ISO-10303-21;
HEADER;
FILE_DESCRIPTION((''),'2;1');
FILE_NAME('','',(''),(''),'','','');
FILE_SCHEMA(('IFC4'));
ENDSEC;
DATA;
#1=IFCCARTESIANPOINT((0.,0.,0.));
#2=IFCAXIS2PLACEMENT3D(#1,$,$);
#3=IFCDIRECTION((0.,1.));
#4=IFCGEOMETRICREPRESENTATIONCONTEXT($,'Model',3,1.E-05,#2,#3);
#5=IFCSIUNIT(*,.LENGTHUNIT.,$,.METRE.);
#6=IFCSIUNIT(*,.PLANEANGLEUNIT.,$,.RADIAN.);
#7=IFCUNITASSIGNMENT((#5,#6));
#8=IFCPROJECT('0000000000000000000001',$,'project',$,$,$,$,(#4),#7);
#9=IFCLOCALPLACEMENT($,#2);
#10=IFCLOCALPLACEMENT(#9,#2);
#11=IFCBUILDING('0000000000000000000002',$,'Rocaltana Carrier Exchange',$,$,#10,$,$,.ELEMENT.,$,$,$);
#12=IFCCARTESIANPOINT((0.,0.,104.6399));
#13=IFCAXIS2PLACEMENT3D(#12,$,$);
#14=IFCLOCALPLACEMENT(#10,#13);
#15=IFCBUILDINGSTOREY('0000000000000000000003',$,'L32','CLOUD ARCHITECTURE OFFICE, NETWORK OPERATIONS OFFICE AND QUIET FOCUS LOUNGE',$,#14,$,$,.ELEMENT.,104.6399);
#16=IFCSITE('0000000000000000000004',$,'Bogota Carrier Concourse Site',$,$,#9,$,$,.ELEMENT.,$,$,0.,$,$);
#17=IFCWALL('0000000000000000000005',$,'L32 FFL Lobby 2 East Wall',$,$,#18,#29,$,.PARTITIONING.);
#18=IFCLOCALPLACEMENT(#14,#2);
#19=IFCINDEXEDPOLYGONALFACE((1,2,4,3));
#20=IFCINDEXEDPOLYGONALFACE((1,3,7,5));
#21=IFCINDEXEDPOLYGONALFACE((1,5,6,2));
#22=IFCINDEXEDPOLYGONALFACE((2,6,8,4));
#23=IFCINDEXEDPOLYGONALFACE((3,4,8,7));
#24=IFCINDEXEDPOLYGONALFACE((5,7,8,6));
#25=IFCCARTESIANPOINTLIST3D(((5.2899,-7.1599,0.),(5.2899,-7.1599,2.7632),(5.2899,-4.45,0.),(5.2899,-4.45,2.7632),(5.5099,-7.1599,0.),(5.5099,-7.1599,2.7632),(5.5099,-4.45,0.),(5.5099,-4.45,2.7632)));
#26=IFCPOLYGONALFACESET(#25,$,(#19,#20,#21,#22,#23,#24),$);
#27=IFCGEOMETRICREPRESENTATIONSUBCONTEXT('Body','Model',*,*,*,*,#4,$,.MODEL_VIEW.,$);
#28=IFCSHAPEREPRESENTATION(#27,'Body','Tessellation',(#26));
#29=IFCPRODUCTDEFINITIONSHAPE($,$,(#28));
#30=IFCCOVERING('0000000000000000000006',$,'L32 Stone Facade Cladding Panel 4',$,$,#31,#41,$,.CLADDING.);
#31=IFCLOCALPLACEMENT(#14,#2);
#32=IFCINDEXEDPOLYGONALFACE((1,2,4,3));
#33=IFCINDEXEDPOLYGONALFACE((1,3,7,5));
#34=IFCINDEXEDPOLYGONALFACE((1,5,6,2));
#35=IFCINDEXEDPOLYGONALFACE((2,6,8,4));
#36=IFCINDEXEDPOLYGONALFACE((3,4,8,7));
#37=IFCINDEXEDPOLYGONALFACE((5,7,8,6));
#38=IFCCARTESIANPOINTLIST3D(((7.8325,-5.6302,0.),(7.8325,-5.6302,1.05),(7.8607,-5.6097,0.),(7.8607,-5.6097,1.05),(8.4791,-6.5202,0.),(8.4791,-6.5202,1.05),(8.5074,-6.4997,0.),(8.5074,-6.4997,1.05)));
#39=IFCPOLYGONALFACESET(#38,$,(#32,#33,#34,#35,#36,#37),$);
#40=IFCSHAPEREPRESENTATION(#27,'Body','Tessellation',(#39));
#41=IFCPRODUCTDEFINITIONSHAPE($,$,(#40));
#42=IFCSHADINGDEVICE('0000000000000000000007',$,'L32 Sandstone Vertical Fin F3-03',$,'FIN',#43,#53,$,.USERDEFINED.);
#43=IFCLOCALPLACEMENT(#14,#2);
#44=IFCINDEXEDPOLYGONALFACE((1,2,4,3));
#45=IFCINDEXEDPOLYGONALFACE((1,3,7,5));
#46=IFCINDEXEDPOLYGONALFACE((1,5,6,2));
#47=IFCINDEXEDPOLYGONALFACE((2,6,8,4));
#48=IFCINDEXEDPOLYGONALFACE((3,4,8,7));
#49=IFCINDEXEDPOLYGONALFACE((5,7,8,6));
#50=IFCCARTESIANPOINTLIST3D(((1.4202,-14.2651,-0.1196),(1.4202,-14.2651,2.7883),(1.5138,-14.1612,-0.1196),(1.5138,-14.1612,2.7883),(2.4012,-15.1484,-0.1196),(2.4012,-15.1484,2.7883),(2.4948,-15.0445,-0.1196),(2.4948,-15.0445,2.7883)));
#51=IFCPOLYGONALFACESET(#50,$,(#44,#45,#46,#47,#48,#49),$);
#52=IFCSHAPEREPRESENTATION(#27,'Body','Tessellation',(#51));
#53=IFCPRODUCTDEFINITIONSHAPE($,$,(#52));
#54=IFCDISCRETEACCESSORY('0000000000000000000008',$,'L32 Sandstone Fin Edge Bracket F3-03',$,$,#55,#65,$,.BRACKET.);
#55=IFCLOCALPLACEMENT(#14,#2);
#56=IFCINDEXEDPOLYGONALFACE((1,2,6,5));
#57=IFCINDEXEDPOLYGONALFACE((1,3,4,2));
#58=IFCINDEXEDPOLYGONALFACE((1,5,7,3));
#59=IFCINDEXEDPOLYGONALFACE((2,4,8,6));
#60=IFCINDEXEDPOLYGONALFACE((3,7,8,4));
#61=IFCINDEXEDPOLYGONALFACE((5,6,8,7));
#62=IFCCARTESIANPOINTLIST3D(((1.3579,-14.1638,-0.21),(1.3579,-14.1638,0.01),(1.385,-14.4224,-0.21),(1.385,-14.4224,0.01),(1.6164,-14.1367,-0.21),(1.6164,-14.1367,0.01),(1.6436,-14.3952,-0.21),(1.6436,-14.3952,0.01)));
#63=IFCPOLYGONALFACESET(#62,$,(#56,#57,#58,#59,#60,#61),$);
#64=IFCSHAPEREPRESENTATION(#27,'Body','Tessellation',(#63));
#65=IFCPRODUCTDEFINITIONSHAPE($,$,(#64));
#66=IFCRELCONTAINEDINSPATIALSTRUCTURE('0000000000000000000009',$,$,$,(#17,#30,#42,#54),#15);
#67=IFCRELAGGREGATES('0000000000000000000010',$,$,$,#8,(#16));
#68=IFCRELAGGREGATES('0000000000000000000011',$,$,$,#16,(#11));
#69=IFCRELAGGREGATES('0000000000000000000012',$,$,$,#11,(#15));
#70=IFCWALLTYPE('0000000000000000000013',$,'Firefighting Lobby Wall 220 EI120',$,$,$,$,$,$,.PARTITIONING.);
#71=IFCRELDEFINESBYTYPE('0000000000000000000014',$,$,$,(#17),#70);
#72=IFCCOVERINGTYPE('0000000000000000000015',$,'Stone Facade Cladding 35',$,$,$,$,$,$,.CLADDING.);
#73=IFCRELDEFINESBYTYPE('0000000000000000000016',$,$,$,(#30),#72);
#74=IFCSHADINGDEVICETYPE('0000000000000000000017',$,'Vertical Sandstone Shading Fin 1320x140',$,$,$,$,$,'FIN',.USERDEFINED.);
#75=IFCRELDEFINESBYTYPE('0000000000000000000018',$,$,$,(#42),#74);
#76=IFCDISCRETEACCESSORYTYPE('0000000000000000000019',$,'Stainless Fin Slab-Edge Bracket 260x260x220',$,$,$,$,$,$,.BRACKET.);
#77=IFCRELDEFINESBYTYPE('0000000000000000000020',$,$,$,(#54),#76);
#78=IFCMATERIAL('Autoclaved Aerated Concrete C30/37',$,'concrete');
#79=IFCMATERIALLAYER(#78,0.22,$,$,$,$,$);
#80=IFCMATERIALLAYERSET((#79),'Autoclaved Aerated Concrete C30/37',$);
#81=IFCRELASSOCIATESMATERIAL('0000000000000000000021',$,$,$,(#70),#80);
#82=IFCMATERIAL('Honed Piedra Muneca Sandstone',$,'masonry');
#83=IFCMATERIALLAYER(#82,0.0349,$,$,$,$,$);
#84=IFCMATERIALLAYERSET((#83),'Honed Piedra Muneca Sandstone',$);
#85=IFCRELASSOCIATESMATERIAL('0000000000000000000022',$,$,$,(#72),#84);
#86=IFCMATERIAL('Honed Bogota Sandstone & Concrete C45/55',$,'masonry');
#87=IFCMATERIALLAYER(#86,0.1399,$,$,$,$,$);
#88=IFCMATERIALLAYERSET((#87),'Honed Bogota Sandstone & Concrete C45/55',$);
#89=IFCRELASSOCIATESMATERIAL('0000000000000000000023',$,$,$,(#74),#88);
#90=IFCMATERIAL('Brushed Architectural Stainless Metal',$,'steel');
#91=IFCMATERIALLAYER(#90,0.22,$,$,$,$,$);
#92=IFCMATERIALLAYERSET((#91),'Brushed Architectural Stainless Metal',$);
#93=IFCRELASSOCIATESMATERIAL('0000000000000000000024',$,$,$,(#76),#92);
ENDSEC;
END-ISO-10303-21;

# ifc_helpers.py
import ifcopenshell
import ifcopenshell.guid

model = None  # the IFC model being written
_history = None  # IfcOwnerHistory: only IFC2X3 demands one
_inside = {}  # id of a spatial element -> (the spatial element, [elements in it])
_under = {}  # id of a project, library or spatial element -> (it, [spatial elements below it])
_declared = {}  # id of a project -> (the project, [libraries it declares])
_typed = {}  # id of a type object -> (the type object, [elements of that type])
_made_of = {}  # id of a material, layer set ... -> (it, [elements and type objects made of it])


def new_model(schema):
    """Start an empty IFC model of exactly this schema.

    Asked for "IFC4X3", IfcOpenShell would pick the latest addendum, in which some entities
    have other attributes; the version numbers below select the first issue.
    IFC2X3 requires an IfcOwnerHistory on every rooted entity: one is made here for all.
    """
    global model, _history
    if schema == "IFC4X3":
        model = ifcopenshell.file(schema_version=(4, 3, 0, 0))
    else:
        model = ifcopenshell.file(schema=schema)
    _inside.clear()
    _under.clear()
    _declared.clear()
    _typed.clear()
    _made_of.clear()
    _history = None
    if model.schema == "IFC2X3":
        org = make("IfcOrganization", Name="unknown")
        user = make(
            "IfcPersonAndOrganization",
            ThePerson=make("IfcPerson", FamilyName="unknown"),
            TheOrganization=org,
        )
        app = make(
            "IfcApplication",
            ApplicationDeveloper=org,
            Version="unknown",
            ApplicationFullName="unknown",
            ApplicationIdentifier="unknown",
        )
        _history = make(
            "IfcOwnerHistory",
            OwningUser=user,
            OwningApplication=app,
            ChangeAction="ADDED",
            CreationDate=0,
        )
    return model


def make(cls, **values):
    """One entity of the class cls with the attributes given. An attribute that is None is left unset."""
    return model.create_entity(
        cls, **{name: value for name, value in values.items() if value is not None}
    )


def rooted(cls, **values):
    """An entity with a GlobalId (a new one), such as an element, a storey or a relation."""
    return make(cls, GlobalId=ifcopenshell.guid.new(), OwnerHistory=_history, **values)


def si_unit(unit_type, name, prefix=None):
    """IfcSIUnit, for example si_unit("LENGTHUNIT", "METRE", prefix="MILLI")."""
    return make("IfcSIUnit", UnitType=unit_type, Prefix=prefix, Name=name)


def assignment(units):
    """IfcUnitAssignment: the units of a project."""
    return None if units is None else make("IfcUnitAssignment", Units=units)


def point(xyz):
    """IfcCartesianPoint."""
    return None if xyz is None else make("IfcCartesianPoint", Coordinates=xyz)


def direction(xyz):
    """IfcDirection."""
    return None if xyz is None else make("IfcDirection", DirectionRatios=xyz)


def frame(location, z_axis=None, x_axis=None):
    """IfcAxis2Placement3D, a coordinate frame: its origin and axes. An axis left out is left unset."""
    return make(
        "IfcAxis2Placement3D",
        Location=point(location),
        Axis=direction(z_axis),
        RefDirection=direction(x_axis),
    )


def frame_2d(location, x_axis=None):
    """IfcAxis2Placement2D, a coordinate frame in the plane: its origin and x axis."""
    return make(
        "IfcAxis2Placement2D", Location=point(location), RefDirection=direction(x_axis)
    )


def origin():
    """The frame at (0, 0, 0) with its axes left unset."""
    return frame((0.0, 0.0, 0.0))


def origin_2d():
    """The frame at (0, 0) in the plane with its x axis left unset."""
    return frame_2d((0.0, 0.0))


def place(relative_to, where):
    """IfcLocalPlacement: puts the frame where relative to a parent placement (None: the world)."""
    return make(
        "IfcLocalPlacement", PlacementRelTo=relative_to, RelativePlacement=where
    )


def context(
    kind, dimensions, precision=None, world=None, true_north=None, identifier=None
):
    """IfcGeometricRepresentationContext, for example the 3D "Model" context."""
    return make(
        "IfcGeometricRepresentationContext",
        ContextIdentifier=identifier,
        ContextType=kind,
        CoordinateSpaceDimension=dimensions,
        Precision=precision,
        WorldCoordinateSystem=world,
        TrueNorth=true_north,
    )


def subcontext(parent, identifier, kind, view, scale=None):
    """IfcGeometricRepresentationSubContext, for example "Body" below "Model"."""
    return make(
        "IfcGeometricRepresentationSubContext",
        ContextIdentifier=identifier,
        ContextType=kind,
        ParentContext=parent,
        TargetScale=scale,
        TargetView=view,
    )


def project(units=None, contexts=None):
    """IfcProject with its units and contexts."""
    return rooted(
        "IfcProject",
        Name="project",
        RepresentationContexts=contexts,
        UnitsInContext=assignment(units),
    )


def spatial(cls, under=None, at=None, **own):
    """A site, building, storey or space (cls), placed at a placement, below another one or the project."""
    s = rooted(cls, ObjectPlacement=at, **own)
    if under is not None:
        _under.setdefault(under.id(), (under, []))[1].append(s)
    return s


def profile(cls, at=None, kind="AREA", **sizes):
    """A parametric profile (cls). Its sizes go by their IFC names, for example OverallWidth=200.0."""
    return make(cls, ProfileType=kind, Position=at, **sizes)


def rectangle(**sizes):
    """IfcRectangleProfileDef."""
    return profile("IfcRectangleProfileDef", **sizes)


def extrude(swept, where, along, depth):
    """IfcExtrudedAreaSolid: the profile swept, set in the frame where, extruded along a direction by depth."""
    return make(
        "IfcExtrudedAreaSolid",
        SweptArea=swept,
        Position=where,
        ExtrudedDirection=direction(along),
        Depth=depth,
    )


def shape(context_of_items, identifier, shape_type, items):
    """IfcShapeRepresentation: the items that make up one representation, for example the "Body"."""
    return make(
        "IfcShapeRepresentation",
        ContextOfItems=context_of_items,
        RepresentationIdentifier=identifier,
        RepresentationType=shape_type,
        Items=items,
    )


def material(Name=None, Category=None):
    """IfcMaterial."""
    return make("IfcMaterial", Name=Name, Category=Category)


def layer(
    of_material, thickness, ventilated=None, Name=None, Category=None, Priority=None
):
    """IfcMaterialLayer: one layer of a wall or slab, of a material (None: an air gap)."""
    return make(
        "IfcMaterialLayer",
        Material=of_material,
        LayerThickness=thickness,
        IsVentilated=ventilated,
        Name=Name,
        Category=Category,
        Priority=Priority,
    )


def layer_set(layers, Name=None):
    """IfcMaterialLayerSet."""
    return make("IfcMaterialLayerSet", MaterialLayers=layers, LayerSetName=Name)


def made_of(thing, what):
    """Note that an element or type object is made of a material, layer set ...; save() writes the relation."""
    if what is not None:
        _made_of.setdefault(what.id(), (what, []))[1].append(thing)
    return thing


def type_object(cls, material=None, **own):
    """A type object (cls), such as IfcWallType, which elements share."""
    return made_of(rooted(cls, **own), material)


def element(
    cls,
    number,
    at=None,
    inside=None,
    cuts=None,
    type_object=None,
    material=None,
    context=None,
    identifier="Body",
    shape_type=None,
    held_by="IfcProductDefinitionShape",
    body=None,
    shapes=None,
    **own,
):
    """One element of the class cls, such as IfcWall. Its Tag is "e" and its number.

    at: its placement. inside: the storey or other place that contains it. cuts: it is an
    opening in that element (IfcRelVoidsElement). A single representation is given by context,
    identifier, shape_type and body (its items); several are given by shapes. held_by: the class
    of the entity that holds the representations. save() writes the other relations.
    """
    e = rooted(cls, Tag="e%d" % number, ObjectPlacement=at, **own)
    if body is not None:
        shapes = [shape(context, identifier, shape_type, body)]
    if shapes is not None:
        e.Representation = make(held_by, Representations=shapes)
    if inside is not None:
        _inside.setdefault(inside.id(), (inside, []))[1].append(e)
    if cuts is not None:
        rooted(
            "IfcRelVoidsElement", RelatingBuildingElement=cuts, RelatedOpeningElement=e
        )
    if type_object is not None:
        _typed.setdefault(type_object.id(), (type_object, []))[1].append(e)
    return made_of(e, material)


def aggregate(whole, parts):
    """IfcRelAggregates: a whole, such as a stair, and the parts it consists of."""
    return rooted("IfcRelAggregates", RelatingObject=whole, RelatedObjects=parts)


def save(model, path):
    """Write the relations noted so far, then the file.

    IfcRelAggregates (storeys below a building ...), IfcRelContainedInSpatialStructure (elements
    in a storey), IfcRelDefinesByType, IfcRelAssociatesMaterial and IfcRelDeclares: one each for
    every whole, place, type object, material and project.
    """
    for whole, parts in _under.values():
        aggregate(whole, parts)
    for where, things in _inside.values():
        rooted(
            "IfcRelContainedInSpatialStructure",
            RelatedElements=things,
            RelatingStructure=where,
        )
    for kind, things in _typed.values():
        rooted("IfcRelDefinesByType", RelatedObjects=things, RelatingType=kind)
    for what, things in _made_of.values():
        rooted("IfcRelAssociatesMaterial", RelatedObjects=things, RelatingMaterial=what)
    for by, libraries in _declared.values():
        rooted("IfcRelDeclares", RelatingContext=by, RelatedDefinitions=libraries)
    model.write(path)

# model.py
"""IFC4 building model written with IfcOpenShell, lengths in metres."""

from ifc_helpers import new_model, si_unit, direction, frame, frame_2d, origin, origin_2d, place, context, subcontext, project, spatial, rectangle, extrude, material, layer, layer_set, type_object, element, save


model = new_model("IFC4")

# Units and contexts
model_context = context("Model", 3, precision=1e-05, world=origin(), true_north=direction((0.0, 1.0)))
body_context = subcontext(model_context, "Body", "Model", "MODEL_VIEW")
ifc_project = project(units=[si_unit("LENGTHUNIT", "METRE"), si_unit("PLANEANGLEUNIT", "RADIAN")], contexts=[model_context])

# Site, building, storey
site_placement = place(None, origin())
site = spatial("IfcSite", under=ifc_project, at=site_placement, Name="Bogota Carrier Concourse Site", CompositionType="ELEMENT", RefElevation=0.0)
building_placement = place(site_placement, origin())
building = spatial("IfcBuilding", under=site, at=building_placement, Name="Rocaltana Carrier Exchange", CompositionType="ELEMENT")
storey_placement = place(building_placement, frame((0.0, 0.0, 104.6399)))
storey = spatial("IfcBuildingStorey", under=building, at=storey_placement, Name="L32", Description="CLOUD ARCHITECTURE OFFICE, NETWORK OPERATIONS OFFICE AND QUIET FOCUS LOUNGE", CompositionType="ELEMENT", Elevation=104.6399)

# Wall
ifc_material_1 = material(Name="Autoclaved Aerated Concrete C30/37", Category="concrete")
ifc_layer_1 = layer(ifc_material_1, 0.22)
ifc_layer_set_1 = layer_set([ifc_layer_1], Name="Autoclaved Aerated Concrete C30/37")
wall_type_1 = type_object("IfcWallType", Name="Firefighting Lobby Wall 220 EI120", PredefinedType="PARTITIONING", material=ifc_layer_set_1)
wall_1_placement = place(storey_placement, frame((5.3999, -7.1599, 0.0), z_axis=(0.0, 0.0, 1.0), x_axis=(0.0, 1.0, 0.0)))
element("IfcWall", 1, at=wall_1_placement, inside=storey, type_object=wall_type_1, Name="L32 FFL Lobby 2 East Wall", PredefinedType="PARTITIONING", context=body_context, shape_type="SweptSolid", body=[
    extrude(rectangle(XDim=2.71, YDim=0.22, at=frame_2d((1.355, 0.0))), origin(), (0.0, 0.0, 1.0), 2.7632),
])

# Covering
ifc_material_2 = material(Name="Honed Piedra Muneca Sandstone", Category="masonry")
ifc_layer_2 = layer(ifc_material_2, 0.0349)
ifc_layer_set_2 = layer_set([ifc_layer_2], Name="Honed Piedra Muneca Sandstone")
covering_type = type_object("IfcCoveringType", Name="Stone Facade Cladding 35", PredefinedType="CLADDING", material=ifc_layer_set_2)
covering_placement = place(storey_placement, frame((8.1699, -6.0649, 0.0), z_axis=(0.0, 0.0, 1.0), x_axis=(-0.587785, 0.809017, 0.0)))
element("IfcCovering", 2, at=covering_placement, inside=storey, type_object=covering_type, Name="L32 Stone Facade Cladding Panel 4", PredefinedType="CLADDING", context=body_context, shape_type="SweptSolid", body=[
    extrude(rectangle(XDim=1.1001, YDim=0.0349, at=origin_2d()), origin(), (0.0, 0.0, 1.0), 1.05),
])

# Shading device
ifc_material_3 = material(Name="Honed Bogota Sandstone & Concrete C45/55", Category="masonry")
ifc_layer_3 = layer(ifc_material_3, 0.1399)
ifc_layer_set_3 = layer_set([ifc_layer_3], Name="Honed Bogota Sandstone & Concrete C45/55")
shading_device_type = type_object("IfcShadingDeviceType", Name="Vertical Sandstone Shading Fin 1320x140", ElementType="FIN", PredefinedType="USERDEFINED", material=ifc_layer_set_3)
shading_device_placement = place(storey_placement, frame((1.9575, -14.6548, -0.1196), z_axis=(0.0, 0.0, 1.0), x_axis=(0.743145, -0.669131, 0.0)))
element("IfcShadingDevice", 3, at=shading_device_placement, inside=storey, type_object=shading_device_type, Name="L32 Sandstone Vertical Fin F3-03", ObjectType="FIN", PredefinedType="USERDEFINED", context=body_context, shape_type="SweptSolid", body=[
    extrude(rectangle(XDim=1.3201, YDim=0.1399, at=origin_2d()), origin(), (0.0, 0.0, 1.0), 2.908),
])

# Discrete accessory
ifc_material_4 = material(Name="Brushed Architectural Stainless Metal", Category="steel")
ifc_layer_4 = layer(ifc_material_4, 0.22)
ifc_layer_set_4 = layer_set([ifc_layer_4], Name="Brushed Architectural Stainless Metal")
discrete_accessory_type = type_object("IfcDiscreteAccessoryType", Name="Stainless Fin Slab-Edge Bracket 260x260x220", PredefinedType="BRACKET", material=ifc_layer_set_4)
discrete_accessory_placement = place(storey_placement, frame((1.5007, -14.2795, -0.21), z_axis=(0.0, 0.0, 1.0), x_axis=(0.994522, 0.104528, 0.0)))
element("IfcDiscreteAccessory", 4, at=discrete_accessory_placement, inside=storey, type_object=discrete_accessory_type, Name="L32 Sandstone Fin Edge Bracket F3-03", PredefinedType="BRACKET", context=body_context, shape_type="SweptSolid", body=[
    extrude(rectangle(XDim=0.26, YDim=0.26, at=origin_2d()), origin(), (0.0, 0.0, 1.0), 0.22),
])

save(model, "model.ifc")
